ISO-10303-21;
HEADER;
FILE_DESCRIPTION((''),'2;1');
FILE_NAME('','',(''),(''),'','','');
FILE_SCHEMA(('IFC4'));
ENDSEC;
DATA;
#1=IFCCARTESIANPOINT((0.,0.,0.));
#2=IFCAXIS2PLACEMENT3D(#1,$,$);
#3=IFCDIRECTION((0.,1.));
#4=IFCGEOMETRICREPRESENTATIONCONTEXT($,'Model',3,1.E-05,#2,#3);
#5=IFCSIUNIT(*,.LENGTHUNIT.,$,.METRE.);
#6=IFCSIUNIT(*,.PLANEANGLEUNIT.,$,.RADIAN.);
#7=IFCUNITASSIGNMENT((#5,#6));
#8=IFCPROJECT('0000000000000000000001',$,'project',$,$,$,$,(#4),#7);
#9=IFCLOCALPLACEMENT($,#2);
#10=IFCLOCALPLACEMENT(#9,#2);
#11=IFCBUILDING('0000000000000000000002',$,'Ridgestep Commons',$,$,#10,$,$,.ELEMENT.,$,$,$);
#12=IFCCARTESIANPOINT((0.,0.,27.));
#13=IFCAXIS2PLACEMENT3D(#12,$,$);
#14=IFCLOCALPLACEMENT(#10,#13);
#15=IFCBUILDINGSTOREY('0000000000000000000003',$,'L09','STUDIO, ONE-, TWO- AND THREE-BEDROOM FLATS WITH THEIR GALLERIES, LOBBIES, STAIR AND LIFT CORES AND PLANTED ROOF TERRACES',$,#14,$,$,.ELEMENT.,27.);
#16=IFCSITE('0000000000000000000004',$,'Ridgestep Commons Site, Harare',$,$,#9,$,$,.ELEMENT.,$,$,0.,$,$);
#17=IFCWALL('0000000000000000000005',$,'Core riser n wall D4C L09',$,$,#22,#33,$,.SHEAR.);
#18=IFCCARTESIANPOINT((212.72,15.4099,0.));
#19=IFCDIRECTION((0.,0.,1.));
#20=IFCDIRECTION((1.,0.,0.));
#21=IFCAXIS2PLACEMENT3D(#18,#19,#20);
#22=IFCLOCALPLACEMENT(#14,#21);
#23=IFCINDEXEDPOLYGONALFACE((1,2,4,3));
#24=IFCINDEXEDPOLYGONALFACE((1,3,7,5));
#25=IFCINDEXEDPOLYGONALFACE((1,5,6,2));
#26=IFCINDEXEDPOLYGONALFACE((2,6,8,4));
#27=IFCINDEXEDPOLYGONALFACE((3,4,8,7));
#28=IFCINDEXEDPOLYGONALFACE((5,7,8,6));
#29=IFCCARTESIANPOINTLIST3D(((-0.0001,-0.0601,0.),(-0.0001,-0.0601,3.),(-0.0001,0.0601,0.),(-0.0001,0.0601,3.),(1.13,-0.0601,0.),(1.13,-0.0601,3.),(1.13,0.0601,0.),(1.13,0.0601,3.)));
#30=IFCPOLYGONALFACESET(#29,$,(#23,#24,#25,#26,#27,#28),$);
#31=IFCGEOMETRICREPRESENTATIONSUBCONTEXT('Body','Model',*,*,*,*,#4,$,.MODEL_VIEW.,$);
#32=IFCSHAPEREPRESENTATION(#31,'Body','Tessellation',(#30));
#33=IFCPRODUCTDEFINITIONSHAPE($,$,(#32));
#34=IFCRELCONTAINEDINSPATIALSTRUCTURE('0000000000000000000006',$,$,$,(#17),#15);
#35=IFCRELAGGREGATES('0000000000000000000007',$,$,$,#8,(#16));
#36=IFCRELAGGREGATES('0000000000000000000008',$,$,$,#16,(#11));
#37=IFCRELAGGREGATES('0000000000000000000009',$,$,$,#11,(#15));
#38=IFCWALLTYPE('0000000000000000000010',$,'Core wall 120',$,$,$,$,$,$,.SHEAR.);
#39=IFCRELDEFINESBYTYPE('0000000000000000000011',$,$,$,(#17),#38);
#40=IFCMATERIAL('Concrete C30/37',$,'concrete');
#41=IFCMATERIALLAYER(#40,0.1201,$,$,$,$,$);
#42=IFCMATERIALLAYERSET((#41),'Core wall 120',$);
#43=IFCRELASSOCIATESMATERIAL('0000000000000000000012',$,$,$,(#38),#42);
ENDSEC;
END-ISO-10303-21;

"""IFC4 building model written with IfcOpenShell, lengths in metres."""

from ifc_helpers import new_model, si_unit, direction, frame, frame_2d, origin, place, context, subcontext, project, spatial, rectangle, extrude, material, layer, layer_set, type_object, element, save


model = new_model("IFC4")

# Units and contexts
model_context = context("Model", 3, precision=1e-05, world=origin(), true_north=direction((0.0, 1.0)))
body_context = subcontext(model_context, "Body", "Model", "MODEL_VIEW")
ifc_project = project(units=[si_unit("LENGTHUNIT", "METRE"), si_unit("PLANEANGLEUNIT", "RADIAN")], contexts=[model_context])

# Site, building, storey
site_placement = place(None, origin())
site = spatial("IfcSite", under=ifc_project, at=site_placement, Name="Ridgestep Commons Site, Harare", CompositionType="ELEMENT", RefElevation=0.0)
building_placement = place(site_placement, origin())
building = spatial("IfcBuilding", under=site, at=building_placement, Name="Ridgestep Commons", CompositionType="ELEMENT")
storey_placement = place(building_placement, frame((0.0, 0.0, 27.0)))
storey = spatial("IfcBuildingStorey", under=building, at=storey_placement, Name="L09", Description="STUDIO, ONE-, TWO- AND THREE-BEDROOM FLATS WITH THEIR GALLERIES, LOBBIES, STAIR AND LIFT CORES AND PLANTED ROOF TERRACES", CompositionType="ELEMENT", Elevation=27.0)

# Shared definitions
ifc_material_1 = material(Name="Concrete C30/37", Category="concrete")
ifc_layer_1 = layer(ifc_material_1, 0.1201)
ifc_layer_set_1 = layer_set([ifc_layer_1], Name="Core wall 120")
wall_type_1 = type_object("IfcWallType", Name="Core wall 120", PredefinedType="SHEAR", material=ifc_layer_set_1)

# Wall
wall_1_placement = place(storey_placement, frame((212.72, 15.4099, 0.0), z_axis=(0.0, 0.0, 1.0), x_axis=(1.0, 0.0, 0.0)))
element("IfcWall", 1, at=wall_1_placement, inside=storey, type_object=wall_type_1, Name="Core riser n wall D4C L09", PredefinedType="SHEAR", context=body_context, shape_type="SweptSolid", body=[
    extrude(rectangle(XDim=1.1301, YDim=0.1201, at=frame_2d((0.5649, 0.0))), origin(), (0.0, 0.0, 1.0), 3.0),
])

save(model, "model.ifc")
